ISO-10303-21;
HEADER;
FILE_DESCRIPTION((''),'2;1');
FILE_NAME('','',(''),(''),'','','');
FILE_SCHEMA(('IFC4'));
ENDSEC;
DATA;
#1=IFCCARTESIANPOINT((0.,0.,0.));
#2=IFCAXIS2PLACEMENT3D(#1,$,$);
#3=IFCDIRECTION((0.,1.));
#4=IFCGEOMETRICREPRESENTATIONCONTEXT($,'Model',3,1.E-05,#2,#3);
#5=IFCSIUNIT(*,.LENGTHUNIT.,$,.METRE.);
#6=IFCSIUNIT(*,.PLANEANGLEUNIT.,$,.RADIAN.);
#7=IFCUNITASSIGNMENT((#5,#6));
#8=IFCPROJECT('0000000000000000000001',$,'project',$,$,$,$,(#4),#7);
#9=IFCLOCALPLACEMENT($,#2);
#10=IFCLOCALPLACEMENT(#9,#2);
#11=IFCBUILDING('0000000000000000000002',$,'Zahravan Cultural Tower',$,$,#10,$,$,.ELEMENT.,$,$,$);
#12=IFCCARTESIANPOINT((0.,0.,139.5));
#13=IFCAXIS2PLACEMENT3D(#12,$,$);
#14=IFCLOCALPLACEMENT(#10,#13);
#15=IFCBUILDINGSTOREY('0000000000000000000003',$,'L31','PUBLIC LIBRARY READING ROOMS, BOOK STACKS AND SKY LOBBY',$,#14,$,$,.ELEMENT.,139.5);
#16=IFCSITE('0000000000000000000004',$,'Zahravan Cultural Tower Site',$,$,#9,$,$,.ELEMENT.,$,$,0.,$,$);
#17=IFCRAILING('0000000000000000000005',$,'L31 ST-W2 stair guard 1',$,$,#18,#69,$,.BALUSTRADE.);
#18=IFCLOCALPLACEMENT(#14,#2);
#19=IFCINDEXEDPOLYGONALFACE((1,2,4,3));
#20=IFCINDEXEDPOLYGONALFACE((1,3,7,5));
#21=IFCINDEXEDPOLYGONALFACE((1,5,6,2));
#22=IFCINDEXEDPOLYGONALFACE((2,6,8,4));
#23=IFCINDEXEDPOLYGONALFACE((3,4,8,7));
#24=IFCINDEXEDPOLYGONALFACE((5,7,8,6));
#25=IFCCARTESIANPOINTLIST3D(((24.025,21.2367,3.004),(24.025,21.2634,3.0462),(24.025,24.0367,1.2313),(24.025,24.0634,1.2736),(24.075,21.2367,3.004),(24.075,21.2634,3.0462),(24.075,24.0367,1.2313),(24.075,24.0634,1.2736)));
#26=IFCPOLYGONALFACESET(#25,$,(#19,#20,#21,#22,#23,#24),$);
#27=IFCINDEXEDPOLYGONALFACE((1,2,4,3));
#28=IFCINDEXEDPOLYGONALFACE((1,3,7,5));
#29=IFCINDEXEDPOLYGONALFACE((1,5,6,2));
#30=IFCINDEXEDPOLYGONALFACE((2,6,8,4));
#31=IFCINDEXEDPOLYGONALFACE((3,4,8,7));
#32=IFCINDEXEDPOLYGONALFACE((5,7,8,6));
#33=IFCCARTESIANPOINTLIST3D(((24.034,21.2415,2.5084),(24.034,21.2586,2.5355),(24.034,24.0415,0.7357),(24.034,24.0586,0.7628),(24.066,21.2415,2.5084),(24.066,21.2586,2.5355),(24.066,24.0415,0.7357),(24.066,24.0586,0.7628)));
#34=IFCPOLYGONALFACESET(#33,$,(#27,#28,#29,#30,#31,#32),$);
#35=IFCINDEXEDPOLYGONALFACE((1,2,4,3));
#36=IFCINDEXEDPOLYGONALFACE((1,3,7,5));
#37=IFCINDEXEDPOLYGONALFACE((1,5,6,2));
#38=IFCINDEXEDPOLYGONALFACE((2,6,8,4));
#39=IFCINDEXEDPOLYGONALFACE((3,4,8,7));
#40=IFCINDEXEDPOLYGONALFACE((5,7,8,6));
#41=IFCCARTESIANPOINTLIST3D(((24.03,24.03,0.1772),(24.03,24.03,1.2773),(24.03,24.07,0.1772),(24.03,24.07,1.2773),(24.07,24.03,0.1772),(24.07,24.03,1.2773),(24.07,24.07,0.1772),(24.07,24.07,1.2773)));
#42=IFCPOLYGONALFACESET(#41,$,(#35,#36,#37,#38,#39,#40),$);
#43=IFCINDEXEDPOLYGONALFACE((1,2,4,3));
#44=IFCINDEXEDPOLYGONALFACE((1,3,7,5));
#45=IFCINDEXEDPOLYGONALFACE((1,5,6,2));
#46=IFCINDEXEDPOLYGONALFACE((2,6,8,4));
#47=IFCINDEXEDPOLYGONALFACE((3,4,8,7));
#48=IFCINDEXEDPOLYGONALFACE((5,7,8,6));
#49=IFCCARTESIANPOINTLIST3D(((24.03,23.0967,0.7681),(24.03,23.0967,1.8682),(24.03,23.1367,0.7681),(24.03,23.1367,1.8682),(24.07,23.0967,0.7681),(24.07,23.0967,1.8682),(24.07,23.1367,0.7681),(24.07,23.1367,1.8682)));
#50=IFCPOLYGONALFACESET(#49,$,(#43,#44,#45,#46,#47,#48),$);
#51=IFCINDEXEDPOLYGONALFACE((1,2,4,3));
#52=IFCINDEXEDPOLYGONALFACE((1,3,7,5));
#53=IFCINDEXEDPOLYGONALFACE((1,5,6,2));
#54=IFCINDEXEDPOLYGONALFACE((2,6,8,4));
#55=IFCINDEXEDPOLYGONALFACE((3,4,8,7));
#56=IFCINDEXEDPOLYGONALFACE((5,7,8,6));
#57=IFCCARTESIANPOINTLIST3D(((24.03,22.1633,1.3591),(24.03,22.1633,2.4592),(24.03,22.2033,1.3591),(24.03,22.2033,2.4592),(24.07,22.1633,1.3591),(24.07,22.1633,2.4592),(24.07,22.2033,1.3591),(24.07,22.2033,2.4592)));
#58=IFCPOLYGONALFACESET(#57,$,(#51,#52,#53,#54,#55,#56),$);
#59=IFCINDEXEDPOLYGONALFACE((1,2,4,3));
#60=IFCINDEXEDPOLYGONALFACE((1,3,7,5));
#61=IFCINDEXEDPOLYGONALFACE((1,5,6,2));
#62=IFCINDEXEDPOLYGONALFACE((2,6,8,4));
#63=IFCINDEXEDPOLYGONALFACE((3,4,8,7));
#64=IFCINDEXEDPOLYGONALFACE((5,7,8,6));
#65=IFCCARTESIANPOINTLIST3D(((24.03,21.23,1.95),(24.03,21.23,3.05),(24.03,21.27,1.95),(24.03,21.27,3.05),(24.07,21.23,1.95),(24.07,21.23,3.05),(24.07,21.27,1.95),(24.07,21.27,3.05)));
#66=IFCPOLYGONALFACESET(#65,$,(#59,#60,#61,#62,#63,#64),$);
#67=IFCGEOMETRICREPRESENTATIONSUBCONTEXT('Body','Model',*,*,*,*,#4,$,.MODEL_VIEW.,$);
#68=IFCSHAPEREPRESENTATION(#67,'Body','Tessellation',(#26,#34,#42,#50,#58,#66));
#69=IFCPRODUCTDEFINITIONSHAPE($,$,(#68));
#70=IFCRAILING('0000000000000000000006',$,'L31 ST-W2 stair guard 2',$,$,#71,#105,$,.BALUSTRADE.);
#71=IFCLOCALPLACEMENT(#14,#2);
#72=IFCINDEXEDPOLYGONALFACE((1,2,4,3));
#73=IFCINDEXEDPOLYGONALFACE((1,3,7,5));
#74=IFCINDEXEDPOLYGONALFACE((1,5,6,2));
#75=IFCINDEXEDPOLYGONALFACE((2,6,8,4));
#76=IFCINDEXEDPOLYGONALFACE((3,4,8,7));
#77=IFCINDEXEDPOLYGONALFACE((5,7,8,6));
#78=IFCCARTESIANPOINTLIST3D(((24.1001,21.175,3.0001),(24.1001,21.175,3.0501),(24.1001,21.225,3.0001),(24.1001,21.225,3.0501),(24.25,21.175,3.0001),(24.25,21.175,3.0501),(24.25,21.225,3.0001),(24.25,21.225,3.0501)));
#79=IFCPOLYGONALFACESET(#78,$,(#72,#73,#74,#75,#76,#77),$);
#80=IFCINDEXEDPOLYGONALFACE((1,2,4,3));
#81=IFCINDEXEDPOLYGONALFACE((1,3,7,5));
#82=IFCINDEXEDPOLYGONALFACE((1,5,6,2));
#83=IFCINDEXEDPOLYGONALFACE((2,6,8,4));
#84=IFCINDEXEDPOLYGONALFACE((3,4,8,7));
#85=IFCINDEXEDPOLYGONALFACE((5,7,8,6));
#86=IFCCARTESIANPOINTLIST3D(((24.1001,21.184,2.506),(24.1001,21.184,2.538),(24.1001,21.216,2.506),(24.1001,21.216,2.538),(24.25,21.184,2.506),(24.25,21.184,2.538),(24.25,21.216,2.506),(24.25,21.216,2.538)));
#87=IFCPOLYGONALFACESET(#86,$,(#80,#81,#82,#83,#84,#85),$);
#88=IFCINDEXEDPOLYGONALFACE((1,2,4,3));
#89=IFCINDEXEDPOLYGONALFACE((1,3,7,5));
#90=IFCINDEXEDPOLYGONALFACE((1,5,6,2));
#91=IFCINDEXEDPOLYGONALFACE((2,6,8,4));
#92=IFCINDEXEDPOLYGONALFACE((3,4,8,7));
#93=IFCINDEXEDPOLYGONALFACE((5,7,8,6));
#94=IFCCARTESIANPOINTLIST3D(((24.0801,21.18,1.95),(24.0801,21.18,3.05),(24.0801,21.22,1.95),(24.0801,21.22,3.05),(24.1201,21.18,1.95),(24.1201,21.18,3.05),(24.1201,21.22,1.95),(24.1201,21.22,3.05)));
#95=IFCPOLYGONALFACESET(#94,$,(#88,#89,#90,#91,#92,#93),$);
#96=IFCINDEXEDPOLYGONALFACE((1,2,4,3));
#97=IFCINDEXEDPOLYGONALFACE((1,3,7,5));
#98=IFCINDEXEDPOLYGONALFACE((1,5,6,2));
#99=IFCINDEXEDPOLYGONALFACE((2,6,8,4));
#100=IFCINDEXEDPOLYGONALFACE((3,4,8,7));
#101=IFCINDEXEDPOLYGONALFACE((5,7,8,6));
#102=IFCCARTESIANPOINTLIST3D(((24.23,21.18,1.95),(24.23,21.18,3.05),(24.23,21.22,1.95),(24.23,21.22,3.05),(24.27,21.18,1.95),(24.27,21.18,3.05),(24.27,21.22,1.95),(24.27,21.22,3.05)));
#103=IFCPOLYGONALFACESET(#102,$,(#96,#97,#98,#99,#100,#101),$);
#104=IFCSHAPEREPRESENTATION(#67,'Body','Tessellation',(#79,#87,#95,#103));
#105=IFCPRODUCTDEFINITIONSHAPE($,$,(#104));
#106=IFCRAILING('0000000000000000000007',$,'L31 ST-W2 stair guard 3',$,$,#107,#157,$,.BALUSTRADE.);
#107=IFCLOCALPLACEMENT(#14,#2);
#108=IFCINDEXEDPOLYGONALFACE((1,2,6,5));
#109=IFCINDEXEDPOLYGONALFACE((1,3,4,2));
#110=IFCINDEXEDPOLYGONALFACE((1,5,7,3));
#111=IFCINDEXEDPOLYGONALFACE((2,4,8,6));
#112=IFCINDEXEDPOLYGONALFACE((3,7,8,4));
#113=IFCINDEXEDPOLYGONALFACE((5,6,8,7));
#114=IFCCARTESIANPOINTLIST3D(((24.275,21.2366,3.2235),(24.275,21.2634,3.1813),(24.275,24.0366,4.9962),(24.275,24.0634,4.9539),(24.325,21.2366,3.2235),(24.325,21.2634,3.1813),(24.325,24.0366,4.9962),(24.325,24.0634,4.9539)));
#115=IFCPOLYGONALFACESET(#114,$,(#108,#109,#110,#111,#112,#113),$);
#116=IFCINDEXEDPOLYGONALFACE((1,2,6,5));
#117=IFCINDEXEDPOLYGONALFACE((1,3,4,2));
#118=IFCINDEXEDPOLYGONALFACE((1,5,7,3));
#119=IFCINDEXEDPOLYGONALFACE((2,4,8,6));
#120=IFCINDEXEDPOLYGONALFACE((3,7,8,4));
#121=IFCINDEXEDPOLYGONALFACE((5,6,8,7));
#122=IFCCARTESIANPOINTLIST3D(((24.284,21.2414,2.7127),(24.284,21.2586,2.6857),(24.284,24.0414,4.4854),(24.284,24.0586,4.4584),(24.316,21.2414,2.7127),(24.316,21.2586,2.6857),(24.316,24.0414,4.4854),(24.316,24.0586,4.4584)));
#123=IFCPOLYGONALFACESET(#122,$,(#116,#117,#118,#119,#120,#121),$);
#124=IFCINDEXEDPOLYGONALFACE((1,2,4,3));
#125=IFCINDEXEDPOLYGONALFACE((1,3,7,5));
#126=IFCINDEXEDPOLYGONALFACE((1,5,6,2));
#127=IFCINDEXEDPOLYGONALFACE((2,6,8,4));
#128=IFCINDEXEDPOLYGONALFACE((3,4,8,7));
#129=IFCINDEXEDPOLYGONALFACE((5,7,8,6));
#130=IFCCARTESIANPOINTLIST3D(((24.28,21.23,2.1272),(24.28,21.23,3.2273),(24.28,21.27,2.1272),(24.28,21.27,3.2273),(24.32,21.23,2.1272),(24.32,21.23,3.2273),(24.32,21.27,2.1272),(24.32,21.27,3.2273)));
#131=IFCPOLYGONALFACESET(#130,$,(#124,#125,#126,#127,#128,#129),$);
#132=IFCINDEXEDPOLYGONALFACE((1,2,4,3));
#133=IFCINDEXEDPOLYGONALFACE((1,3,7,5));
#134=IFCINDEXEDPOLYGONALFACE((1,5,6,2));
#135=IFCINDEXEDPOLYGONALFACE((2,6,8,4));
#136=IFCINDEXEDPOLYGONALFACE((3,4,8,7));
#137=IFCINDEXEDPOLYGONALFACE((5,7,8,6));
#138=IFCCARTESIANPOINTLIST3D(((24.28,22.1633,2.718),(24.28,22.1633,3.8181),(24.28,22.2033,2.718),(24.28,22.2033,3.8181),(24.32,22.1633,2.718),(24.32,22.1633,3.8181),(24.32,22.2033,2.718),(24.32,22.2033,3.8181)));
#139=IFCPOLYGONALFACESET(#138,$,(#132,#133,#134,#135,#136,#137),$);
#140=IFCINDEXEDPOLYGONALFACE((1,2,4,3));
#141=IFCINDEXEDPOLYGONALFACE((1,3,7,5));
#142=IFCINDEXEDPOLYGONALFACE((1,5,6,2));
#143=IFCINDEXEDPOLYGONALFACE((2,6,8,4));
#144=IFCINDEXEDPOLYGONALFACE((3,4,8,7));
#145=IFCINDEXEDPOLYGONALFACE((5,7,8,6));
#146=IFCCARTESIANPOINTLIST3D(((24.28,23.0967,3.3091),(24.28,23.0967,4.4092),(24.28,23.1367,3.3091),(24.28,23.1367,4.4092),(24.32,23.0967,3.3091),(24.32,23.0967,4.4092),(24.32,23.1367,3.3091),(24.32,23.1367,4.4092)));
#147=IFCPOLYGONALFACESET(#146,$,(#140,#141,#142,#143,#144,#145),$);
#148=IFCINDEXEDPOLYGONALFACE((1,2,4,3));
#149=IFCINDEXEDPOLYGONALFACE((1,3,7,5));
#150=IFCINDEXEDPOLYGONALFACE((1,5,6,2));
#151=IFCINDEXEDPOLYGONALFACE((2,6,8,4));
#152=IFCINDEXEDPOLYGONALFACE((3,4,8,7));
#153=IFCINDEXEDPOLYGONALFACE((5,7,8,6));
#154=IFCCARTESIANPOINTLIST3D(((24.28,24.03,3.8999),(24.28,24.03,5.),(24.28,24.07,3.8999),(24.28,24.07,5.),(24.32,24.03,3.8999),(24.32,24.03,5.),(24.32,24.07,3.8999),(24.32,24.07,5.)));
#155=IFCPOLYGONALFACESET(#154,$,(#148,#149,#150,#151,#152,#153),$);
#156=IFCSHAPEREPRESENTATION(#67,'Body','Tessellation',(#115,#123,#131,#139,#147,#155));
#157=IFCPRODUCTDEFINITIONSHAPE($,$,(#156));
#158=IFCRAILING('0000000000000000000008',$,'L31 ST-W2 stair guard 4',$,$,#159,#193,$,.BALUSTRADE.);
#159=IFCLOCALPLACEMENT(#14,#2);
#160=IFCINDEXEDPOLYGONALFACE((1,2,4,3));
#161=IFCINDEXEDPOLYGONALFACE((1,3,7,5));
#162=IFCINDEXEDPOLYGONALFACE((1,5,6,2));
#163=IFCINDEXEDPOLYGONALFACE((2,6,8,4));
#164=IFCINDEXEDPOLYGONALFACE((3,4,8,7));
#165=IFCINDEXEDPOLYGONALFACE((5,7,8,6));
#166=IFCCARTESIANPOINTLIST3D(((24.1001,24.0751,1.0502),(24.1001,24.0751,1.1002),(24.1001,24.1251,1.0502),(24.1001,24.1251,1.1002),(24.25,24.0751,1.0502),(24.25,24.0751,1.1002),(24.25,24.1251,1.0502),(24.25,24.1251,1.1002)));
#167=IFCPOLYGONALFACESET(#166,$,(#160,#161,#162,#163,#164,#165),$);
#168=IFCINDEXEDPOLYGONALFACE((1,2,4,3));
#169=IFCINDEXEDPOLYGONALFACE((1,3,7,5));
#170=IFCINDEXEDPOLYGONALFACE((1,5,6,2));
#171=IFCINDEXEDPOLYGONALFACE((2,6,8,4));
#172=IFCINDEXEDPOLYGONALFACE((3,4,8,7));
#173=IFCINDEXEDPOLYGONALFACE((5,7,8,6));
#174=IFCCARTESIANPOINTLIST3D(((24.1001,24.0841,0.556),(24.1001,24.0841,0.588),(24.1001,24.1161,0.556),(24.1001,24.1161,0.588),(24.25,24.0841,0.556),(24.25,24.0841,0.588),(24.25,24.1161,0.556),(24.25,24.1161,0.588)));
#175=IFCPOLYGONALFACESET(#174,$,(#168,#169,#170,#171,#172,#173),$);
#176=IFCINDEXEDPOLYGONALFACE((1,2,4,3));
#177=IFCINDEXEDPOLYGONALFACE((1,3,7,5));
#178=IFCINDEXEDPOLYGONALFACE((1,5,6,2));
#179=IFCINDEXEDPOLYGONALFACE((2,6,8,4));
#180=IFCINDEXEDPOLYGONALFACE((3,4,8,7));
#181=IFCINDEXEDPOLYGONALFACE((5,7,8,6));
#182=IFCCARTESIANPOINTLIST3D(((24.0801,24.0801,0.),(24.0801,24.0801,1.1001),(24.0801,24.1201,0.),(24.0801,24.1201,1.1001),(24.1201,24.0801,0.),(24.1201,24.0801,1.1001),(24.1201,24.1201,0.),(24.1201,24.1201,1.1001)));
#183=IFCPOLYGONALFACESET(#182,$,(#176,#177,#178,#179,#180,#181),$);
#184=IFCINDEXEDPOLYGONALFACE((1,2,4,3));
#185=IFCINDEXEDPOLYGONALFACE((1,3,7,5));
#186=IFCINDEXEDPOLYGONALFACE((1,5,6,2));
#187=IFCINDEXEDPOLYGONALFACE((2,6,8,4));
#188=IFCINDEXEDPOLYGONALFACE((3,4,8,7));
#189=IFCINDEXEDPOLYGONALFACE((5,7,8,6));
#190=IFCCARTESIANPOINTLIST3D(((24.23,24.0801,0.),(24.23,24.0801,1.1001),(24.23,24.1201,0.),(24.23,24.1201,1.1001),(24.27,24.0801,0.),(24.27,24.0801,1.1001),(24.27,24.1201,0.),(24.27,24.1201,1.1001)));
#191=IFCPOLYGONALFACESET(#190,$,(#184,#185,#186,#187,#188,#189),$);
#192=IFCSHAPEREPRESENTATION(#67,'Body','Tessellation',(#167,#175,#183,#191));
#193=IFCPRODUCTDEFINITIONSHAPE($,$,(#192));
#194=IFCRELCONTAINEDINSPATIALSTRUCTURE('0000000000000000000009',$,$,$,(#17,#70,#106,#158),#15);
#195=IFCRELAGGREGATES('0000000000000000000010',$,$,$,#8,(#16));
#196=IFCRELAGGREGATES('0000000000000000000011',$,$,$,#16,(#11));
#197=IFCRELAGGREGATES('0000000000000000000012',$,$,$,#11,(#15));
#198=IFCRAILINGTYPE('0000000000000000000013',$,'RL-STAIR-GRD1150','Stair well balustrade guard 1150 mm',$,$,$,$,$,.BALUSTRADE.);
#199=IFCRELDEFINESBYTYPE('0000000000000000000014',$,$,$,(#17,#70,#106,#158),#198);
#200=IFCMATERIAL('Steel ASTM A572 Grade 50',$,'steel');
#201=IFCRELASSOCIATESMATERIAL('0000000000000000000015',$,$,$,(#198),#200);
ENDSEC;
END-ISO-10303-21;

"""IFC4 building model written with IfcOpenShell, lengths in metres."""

from ifc_helpers import new_model, si_unit, direction, frame, origin, origin_2d, place, context, subcontext, project, spatial, rectangle, extrude, material, type_object, element, save


model = new_model("IFC4")

# Units and contexts
model_context = context("Model", 3, precision=1e-05, world=origin(), true_north=direction((0.0, 1.0)))
body_context = subcontext(model_context, "Body", "Model", "MODEL_VIEW")
ifc_project = project(units=[si_unit("LENGTHUNIT", "METRE"), si_unit("PLANEANGLEUNIT", "RADIAN")], contexts=[model_context])

# Site, building, storey
site_placement = place(None, origin())
site = spatial("IfcSite", under=ifc_project, at=site_placement, Name="Zahravan Cultural Tower Site", CompositionType="ELEMENT", RefElevation=0.0)
building_placement = place(site_placement, origin())
building = spatial("IfcBuilding", under=site, at=building_placement, Name="Zahravan Cultural Tower", CompositionType="ELEMENT")
storey_placement = place(building_placement, frame((0.0, 0.0, 139.5)))
storey = spatial("IfcBuildingStorey", under=building, at=storey_placement, Name="L31", Description="PUBLIC LIBRARY READING ROOMS, BOOK STACKS AND SKY LOBBY", CompositionType="ELEMENT", Elevation=139.5)

# Shared definitions
ifc_material_1 = material(Name="Steel ASTM A572 Grade 50", Category="steel")

# Railings
railing_type_1 = type_object("IfcRailingType", Name="RL-STAIR-GRD1150", Description="Stair well balustrade guard 1150 mm", PredefinedType="BALUSTRADE", material=ifc_material_1)
railing_1_placement = place(storey_placement, frame((24.05, 24.05, 0.1772)))
element("IfcRailing", 1, at=railing_1_placement, inside=storey, type_object=railing_type_1, Name="L31 ST-W2 stair guard 1", PredefinedType="BALUSTRADE", context=body_context, shape_type="SweptSolid", body=[
    extrude(rectangle(XDim=0.05, YDim=0.05, at=origin_2d()), frame((0.0, 0.0, 1.0752), z_axis=(0.0, -0.844909, 0.53491), x_axis=(1.0, 0.0, 0.0)), (0.0, 0.0, 1.0), 3.314),
    extrude(rectangle(XDim=0.032, YDim=0.032, at=origin_2d()), frame((0.0, 0.0, 0.572), z_axis=(0.0, -0.844909, 0.53491), x_axis=(1.0, 0.0, 0.0)), (0.0, 0.0, 1.0), 3.314),
    extrude(rectangle(XDim=0.04, YDim=0.04, at=origin_2d()), origin(), (0.0, 0.0, 1.0), 1.1001),
    extrude(rectangle(XDim=0.04, YDim=0.04, at=origin_2d()), frame((0.0, -0.9333, 0.5908)), (0.0, 0.0, 1.0), 1.1001),
    extrude(rectangle(XDim=0.04, YDim=0.04, at=origin_2d()), frame((0.0, -1.8667, 1.1819)), (0.0, 0.0, 1.0), 1.1001),
    extrude(rectangle(XDim=0.04, YDim=0.04, at=origin_2d()), frame((0.0, -2.8, 1.7727)), (0.0, 0.0, 1.0), 1.1001),
])
railing_2_placement = place(storey_placement, frame((24.1001, 21.2, 1.95)))
element("IfcRailing", 2, at=railing_2_placement, inside=storey, type_object=railing_type_1, Name="L31 ST-W2 stair guard 2", PredefinedType="BALUSTRADE", context=body_context, shape_type="SweptSolid", body=[
    extrude(rectangle(XDim=0.05, YDim=0.05, at=origin_2d()), frame((0.0, 0.0, 1.0752), z_axis=(1.0, 0.0, 0.0), x_axis=(0.0, 1.0, 0.0)), (0.0, 0.0, 1.0), 0.1499),
    extrude(rectangle(XDim=0.032, YDim=0.032, at=origin_2d()), frame((0.0, 0.0, 0.572), z_axis=(1.0, 0.0, 0.0), x_axis=(0.0, 1.0, 0.0)), (0.0, 0.0, 1.0), 0.1499),
    extrude(rectangle(XDim=0.04, YDim=0.04, at=origin_2d()), origin(), (0.0, 0.0, 1.0), 1.1001),
    extrude(rectangle(XDim=0.04, YDim=0.04, at=origin_2d()), frame((0.1499, 0.0, 0.0)), (0.0, 0.0, 1.0), 1.1001),
])
railing_3_placement = place(storey_placement, frame((24.3, 21.25, 2.1272)))
element("IfcRailing", 3, at=railing_3_placement, inside=storey, type_object=railing_type_1, Name="L31 ST-W2 stair guard 3", PredefinedType="BALUSTRADE", context=body_context, shape_type="SweptSolid", body=[
    extrude(rectangle(XDim=0.05, YDim=0.05, at=origin_2d()), frame((0.0, 0.0, 1.0752), z_axis=(0.0, 0.844909, 0.53491), x_axis=(-1.0, 0.0, 0.0)), (0.0, 0.0, 1.0), 3.314),
    extrude(rectangle(XDim=0.032, YDim=0.032, at=origin_2d()), frame((0.0, 0.0, 0.572), z_axis=(0.0, 0.844909, 0.53491), x_axis=(-1.0, 0.0, 0.0)), (0.0, 0.0, 1.0), 3.314),
    extrude(rectangle(XDim=0.04, YDim=0.04, at=origin_2d()), origin(), (0.0, 0.0, 1.0), 1.1001),
    extrude(rectangle(XDim=0.04, YDim=0.04, at=origin_2d()), frame((0.0, 0.9333, 0.5908)), (0.0, 0.0, 1.0), 1.1001),
    extrude(rectangle(XDim=0.04, YDim=0.04, at=origin_2d()), frame((0.0, 1.8667, 1.1819)), (0.0, 0.0, 1.0), 1.1001),
    extrude(rectangle(XDim=0.04, YDim=0.04, at=origin_2d()), frame((0.0, 2.8, 1.7727)), (0.0, 0.0, 1.0), 1.1001),
])
railing_4_placement = place(storey_placement, frame((24.1001, 24.1001, 0.0)))
element("IfcRailing", 4, at=railing_4_placement, inside=storey, type_object=railing_type_1, Name="L31 ST-W2 stair guard 4", PredefinedType="BALUSTRADE", context=body_context, shape_type="SweptSolid", body=[
    extrude(rectangle(XDim=0.05, YDim=0.05, at=origin_2d()), frame((0.0, 0.0, 1.0752), z_axis=(1.0, 0.0, 0.0), x_axis=(0.0, 1.0, 0.0)), (0.0, 0.0, 1.0), 0.1499),
    extrude(rectangle(XDim=0.032, YDim=0.032, at=origin_2d()), frame((0.0, 0.0, 0.572), z_axis=(1.0, 0.0, 0.0), x_axis=(0.0, 1.0, 0.0)), (0.0, 0.0, 1.0), 0.1499),
    extrude(rectangle(XDim=0.04, YDim=0.04, at=origin_2d()), origin(), (0.0, 0.0, 1.0), 1.1001),
    extrude(rectangle(XDim=0.04, YDim=0.04, at=origin_2d()), frame((0.1499, 0.0, 0.0)), (0.0, 0.0, 1.0), 1.1001),
])

save(model, "model.ifc")
